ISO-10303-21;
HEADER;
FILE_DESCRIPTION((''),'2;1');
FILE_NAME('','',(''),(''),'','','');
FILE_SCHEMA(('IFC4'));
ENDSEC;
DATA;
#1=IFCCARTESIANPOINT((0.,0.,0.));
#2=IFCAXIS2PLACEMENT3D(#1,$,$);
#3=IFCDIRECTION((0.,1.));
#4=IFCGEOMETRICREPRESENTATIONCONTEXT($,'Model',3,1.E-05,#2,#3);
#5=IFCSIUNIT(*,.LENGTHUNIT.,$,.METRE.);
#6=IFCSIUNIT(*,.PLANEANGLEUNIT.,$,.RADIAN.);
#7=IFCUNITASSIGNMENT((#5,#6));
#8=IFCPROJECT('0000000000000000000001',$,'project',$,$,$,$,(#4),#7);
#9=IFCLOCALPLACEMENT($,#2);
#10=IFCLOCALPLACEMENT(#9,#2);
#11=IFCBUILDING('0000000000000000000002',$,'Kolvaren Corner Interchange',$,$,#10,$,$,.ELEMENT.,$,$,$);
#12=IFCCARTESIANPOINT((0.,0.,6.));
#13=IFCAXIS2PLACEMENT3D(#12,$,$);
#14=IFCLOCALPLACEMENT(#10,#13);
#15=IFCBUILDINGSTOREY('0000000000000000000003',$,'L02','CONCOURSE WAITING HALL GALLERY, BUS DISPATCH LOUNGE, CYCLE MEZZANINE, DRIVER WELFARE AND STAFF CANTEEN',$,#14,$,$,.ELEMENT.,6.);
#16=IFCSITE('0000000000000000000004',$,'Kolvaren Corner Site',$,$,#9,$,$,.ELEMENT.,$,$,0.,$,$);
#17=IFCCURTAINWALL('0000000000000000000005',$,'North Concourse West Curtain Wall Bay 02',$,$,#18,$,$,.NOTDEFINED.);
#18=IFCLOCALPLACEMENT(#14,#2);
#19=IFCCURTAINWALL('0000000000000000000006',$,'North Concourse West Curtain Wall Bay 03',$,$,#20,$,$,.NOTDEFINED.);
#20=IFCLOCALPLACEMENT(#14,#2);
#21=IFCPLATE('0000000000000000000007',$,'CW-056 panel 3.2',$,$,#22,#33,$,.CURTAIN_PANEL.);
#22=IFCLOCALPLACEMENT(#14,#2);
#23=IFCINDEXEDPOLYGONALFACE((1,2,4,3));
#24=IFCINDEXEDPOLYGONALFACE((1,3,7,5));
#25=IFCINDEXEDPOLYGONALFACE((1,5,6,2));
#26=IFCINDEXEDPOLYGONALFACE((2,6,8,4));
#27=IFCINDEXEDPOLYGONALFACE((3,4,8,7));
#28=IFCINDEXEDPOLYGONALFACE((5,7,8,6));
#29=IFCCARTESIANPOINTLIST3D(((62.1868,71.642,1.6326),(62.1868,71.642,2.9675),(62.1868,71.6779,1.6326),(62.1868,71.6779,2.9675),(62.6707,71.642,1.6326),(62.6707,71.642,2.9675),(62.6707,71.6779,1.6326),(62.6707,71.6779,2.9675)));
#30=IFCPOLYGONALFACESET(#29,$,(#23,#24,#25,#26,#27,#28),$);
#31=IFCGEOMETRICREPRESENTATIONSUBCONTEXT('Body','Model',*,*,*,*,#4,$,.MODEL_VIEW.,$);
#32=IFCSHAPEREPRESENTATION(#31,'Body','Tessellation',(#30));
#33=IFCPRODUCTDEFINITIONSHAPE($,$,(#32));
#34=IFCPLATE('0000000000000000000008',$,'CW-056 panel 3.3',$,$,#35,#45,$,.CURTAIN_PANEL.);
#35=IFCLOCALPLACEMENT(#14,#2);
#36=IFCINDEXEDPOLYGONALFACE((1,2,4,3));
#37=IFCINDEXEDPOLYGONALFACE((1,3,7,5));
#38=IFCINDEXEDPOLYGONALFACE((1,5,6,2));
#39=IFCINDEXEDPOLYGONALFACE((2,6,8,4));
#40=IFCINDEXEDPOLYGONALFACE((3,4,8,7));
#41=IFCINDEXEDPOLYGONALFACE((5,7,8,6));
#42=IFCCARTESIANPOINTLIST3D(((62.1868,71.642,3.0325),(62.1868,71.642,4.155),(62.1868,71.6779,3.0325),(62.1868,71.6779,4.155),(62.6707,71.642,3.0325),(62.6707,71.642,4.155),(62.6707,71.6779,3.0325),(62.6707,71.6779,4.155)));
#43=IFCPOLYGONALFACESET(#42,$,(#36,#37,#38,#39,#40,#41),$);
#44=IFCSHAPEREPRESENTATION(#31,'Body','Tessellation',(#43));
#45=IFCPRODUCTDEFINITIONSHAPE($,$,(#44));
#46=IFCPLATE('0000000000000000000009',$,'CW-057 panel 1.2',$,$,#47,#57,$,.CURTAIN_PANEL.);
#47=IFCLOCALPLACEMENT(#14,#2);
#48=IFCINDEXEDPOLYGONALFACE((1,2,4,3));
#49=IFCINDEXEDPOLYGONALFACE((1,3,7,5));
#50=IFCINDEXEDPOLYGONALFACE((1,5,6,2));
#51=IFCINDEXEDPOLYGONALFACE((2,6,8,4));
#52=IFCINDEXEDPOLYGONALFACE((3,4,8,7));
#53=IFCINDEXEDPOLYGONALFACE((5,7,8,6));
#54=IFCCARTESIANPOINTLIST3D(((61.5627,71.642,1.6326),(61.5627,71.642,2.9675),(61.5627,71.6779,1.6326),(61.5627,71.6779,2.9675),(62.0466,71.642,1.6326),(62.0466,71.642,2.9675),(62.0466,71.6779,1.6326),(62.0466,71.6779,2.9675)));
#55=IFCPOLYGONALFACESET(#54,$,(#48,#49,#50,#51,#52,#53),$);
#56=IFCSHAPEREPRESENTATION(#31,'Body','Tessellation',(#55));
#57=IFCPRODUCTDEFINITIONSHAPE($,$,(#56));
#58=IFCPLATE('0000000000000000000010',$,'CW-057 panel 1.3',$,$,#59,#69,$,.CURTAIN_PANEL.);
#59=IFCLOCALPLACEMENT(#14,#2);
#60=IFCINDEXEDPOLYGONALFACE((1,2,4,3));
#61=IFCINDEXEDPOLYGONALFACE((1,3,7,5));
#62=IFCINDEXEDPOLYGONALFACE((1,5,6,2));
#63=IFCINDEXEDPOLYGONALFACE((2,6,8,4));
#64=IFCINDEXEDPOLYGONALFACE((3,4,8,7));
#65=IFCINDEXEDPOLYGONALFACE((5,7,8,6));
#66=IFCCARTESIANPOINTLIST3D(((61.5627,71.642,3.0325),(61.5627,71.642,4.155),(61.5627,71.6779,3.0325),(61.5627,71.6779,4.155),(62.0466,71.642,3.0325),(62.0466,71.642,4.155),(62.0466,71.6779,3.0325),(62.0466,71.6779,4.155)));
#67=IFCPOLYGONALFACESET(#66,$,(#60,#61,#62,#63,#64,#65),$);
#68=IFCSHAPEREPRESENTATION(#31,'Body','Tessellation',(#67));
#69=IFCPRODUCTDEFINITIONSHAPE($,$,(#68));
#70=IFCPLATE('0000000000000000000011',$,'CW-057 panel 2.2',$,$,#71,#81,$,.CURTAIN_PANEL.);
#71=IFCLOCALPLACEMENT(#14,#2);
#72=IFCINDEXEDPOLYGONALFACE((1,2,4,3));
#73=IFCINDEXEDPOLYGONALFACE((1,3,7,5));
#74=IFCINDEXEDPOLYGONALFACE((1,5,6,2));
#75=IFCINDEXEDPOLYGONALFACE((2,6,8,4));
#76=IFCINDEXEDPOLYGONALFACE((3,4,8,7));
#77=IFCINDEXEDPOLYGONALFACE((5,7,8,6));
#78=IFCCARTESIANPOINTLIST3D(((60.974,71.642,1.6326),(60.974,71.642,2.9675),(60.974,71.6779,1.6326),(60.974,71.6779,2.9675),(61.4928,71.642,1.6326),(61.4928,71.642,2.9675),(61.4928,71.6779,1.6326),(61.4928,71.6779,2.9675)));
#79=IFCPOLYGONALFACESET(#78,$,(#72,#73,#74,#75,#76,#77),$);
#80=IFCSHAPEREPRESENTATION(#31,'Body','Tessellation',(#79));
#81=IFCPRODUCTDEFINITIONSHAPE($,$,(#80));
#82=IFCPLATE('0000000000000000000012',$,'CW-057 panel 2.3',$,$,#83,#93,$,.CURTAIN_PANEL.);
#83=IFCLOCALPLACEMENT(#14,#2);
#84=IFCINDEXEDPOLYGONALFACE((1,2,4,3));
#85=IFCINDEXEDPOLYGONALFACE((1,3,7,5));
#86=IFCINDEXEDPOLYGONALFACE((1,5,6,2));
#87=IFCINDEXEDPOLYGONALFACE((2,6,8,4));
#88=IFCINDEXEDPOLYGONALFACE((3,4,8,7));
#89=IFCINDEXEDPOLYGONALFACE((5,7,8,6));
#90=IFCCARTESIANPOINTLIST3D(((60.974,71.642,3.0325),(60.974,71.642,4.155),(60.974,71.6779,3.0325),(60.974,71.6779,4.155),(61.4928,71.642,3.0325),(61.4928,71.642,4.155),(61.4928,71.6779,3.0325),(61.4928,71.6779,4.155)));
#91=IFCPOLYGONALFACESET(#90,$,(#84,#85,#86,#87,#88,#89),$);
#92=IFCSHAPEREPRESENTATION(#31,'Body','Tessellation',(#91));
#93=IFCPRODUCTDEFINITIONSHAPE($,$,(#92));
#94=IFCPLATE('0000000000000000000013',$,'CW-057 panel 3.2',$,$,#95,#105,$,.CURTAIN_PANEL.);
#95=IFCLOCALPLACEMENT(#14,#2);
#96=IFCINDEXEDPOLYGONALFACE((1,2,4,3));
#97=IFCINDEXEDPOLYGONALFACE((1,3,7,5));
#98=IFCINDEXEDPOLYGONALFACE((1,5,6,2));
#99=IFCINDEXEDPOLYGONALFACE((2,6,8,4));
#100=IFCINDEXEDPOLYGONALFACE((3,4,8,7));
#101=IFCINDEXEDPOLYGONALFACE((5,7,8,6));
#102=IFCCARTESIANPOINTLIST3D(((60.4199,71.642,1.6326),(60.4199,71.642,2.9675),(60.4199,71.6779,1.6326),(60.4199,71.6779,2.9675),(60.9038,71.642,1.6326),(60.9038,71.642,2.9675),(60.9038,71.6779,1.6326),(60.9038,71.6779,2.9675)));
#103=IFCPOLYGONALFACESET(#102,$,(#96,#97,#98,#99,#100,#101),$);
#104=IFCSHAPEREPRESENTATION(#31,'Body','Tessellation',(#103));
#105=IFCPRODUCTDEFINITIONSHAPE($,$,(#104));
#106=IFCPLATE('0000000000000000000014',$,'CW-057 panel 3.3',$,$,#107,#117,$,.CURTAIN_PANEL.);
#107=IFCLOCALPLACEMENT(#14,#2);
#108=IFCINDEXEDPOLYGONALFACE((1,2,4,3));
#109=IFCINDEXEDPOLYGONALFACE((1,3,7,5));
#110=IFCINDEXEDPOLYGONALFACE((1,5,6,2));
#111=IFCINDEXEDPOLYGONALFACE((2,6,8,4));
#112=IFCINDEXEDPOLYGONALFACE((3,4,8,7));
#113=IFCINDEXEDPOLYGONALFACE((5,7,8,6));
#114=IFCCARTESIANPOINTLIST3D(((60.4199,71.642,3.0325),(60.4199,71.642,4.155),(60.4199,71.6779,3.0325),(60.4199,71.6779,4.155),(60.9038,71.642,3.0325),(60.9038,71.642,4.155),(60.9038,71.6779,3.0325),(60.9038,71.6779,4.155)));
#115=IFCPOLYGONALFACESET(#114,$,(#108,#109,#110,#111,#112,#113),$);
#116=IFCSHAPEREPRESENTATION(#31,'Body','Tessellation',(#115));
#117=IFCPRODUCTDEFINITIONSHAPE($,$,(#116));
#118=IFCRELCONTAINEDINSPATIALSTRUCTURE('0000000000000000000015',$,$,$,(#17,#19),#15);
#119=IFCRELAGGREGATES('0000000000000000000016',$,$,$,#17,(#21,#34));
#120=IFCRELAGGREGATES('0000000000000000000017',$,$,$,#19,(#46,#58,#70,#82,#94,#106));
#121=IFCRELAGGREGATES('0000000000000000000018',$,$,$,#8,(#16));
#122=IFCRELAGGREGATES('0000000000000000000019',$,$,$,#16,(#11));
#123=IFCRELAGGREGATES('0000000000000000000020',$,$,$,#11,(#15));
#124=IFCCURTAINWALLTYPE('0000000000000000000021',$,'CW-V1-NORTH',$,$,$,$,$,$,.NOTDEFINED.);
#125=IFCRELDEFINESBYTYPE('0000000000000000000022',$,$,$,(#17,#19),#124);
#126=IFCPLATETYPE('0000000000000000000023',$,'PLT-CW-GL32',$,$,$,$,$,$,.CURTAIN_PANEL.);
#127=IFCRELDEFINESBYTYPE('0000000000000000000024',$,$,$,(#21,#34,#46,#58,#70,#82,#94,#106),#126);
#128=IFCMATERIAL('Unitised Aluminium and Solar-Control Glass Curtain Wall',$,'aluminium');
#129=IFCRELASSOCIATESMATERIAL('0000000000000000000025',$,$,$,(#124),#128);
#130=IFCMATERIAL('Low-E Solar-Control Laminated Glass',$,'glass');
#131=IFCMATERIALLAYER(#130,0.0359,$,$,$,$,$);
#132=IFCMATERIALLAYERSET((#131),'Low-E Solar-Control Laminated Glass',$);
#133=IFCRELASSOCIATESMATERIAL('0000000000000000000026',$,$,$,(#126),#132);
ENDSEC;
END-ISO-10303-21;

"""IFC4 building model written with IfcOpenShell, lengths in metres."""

from ifc_helpers import new_model, si_unit, direction, frame, origin, origin_2d, place, context, subcontext, project, spatial, rectangle, extrude, material, layer, layer_set, type_object, element, aggregate, save


model = new_model("IFC4")

# Units and contexts
model_context = context("Model", 3, precision=1e-05, world=origin(), true_north=direction((0.0, 1.0)))
body_context = subcontext(model_context, "Body", "Model", "MODEL_VIEW")
ifc_project = project(units=[si_unit("LENGTHUNIT", "METRE"), si_unit("PLANEANGLEUNIT", "RADIAN")], contexts=[model_context])

# Site, building, storey
site_placement = place(None, origin())
site = spatial("IfcSite", under=ifc_project, at=site_placement, Name="Kolvaren Corner Site", CompositionType="ELEMENT", RefElevation=0.0)
building_placement = place(site_placement, origin())
building = spatial("IfcBuilding", under=site, at=building_placement, Name="Kolvaren Corner Interchange", CompositionType="ELEMENT")
storey_placement = place(building_placement, frame((0.0, 0.0, 6.0)))
storey = spatial("IfcBuildingStorey", under=building, at=storey_placement, Name="L02", Description="CONCOURSE WAITING HALL GALLERY, BUS DISPATCH LOUNGE, CYCLE MEZZANINE, DRIVER WELFARE AND STAFF CANTEEN", CompositionType="ELEMENT", Elevation=6.0)

# Curtain walls
ifc_material_1 = material(Name="Unitised Aluminium and Solar-Control Glass Curtain Wall", Category="aluminium")
curtain_wall_type = type_object("IfcCurtainWallType", Name="CW-V1-NORTH", PredefinedType="NOTDEFINED", material=ifc_material_1)
curtain_wall_1_placement = place(storey_placement, origin())
curtain_wall_1 = element("IfcCurtainWall", 1, at=curtain_wall_1_placement, inside=storey, type_object=curtain_wall_type, Name="North Concourse West Curtain Wall Bay 02", PredefinedType="NOTDEFINED")
curtain_wall_2_placement = place(storey_placement, origin())
curtain_wall_2 = element("IfcCurtainWall", 2, at=curtain_wall_2_placement, inside=storey, type_object=curtain_wall_type, Name="North Concourse West Curtain Wall Bay 03", PredefinedType="NOTDEFINED")

# Plates
ifc_material_2 = material(Name="Low-E Solar-Control Laminated Glass", Category="glass")
ifc_layer = layer(ifc_material_2, 0.0359)
ifc_layer_set = layer_set([ifc_layer], Name="Low-E Solar-Control Laminated Glass")
plate_type = type_object("IfcPlateType", Name="PLT-CW-GL32", PredefinedType="CURTAIN_PANEL", material=ifc_layer_set)
plate_1_placement = place(storey_placement, frame((62.4287, 71.6599, 1.6326), z_axis=(0.0, 0.0, 1.0), x_axis=(-1.0, 0.0, 0.0)))
plate_1 = element("IfcPlate", 3, at=plate_1_placement, type_object=plate_type, Name="CW-056 panel 3.2", PredefinedType="CURTAIN_PANEL", context=body_context, shape_type="SweptSolid", body=[
    extrude(rectangle(XDim=0.4839, YDim=0.0359, at=origin_2d()), origin(), (0.0, 0.0, 1.0), 1.335),
])
plate_2_placement = place(storey_placement, frame((62.4287, 71.6599, 3.0325), z_axis=(0.0, 0.0, 1.0), x_axis=(-1.0, 0.0, 0.0)))
plate_2 = element("IfcPlate", 4, at=plate_2_placement, type_object=plate_type, Name="CW-056 panel 3.3", PredefinedType="CURTAIN_PANEL", context=body_context, shape_type="SweptSolid", body=[
    extrude(rectangle(XDim=0.4839, YDim=0.0359, at=origin_2d()), origin(), (0.0, 0.0, 1.0), 1.1226),
])
aggregate(curtain_wall_1, [plate_1, plate_2])
plate_3_placement = place(storey_placement, frame((61.8047, 71.6599, 1.6326), z_axis=(0.0, 0.0, 1.0), x_axis=(-1.0, 0.0, 0.0)))
plate_3 = element("IfcPlate", 5, at=plate_3_placement, type_object=plate_type, Name="CW-057 panel 1.2", PredefinedType="CURTAIN_PANEL", context=body_context, shape_type="SweptSolid", body=[
    extrude(rectangle(XDim=0.4839, YDim=0.0359, at=origin_2d()), origin(), (0.0, 0.0, 1.0), 1.335),
])
plate_4_placement = place(storey_placement, frame((61.8047, 71.6599, 3.0325), z_axis=(0.0, 0.0, 1.0), x_axis=(-1.0, 0.0, 0.0)))
plate_4 = element("IfcPlate", 6, at=plate_4_placement, type_object=plate_type, Name="CW-057 panel 1.3", PredefinedType="CURTAIN_PANEL", context=body_context, shape_type="SweptSolid", body=[
    extrude(rectangle(XDim=0.4839, YDim=0.0359, at=origin_2d()), origin(), (0.0, 0.0, 1.0), 1.1226),
])
plate_5_placement = place(storey_placement, frame((61.2334, 71.6599, 1.6326), z_axis=(0.0, 0.0, 1.0), x_axis=(-1.0, 0.0, 0.0)))
plate_5 = element("IfcPlate", 7, at=plate_5_placement, type_object=plate_type, Name="CW-057 panel 2.2", PredefinedType="CURTAIN_PANEL", context=body_context, shape_type="SweptSolid", body=[
    extrude(rectangle(XDim=0.5188, YDim=0.0359, at=origin_2d()), origin(), (0.0, 0.0, 1.0), 1.335),
])
plate_6_placement = place(storey_placement, frame((61.2334, 71.6599, 3.0325), z_axis=(0.0, 0.0, 1.0), x_axis=(-1.0, 0.0, 0.0)))
plate_6 = element("IfcPlate", 8, at=plate_6_placement, type_object=plate_type, Name="CW-057 panel 2.3", PredefinedType="CURTAIN_PANEL", context=body_context, shape_type="SweptSolid", body=[
    extrude(rectangle(XDim=0.5188, YDim=0.0359, at=origin_2d()), origin(), (0.0, 0.0, 1.0), 1.1226),
])
plate_7_placement = place(storey_placement, frame((60.6619, 71.6599, 1.6326), z_axis=(0.0, 0.0, 1.0), x_axis=(-1.0, 0.0, 0.0)))
plate_7 = element("IfcPlate", 9, at=plate_7_placement, type_object=plate_type, Name="CW-057 panel 3.2", PredefinedType="CURTAIN_PANEL", context=body_context, shape_type="SweptSolid", body=[
    extrude(rectangle(XDim=0.4839, YDim=0.0359, at=origin_2d()), origin(), (0.0, 0.0, 1.0), 1.335),
])
plate_8_placement = place(storey_placement, frame((60.6619, 71.6599, 3.0325), z_axis=(0.0, 0.0, 1.0), x_axis=(-1.0, 0.0, 0.0)))
plate_8 = element("IfcPlate", 10, at=plate_8_placement, type_object=plate_type, Name="CW-057 panel 3.3", PredefinedType="CURTAIN_PANEL", context=body_context, shape_type="SweptSolid", body=[
    extrude(rectangle(XDim=0.4839, YDim=0.0359, at=origin_2d()), origin(), (0.0, 0.0, 1.0), 1.1226),
])
aggregate(curtain_wall_2, [plate_3, plate_4, plate_5, plate_6, plate_7, plate_8])

save(model, "model.ifc")
